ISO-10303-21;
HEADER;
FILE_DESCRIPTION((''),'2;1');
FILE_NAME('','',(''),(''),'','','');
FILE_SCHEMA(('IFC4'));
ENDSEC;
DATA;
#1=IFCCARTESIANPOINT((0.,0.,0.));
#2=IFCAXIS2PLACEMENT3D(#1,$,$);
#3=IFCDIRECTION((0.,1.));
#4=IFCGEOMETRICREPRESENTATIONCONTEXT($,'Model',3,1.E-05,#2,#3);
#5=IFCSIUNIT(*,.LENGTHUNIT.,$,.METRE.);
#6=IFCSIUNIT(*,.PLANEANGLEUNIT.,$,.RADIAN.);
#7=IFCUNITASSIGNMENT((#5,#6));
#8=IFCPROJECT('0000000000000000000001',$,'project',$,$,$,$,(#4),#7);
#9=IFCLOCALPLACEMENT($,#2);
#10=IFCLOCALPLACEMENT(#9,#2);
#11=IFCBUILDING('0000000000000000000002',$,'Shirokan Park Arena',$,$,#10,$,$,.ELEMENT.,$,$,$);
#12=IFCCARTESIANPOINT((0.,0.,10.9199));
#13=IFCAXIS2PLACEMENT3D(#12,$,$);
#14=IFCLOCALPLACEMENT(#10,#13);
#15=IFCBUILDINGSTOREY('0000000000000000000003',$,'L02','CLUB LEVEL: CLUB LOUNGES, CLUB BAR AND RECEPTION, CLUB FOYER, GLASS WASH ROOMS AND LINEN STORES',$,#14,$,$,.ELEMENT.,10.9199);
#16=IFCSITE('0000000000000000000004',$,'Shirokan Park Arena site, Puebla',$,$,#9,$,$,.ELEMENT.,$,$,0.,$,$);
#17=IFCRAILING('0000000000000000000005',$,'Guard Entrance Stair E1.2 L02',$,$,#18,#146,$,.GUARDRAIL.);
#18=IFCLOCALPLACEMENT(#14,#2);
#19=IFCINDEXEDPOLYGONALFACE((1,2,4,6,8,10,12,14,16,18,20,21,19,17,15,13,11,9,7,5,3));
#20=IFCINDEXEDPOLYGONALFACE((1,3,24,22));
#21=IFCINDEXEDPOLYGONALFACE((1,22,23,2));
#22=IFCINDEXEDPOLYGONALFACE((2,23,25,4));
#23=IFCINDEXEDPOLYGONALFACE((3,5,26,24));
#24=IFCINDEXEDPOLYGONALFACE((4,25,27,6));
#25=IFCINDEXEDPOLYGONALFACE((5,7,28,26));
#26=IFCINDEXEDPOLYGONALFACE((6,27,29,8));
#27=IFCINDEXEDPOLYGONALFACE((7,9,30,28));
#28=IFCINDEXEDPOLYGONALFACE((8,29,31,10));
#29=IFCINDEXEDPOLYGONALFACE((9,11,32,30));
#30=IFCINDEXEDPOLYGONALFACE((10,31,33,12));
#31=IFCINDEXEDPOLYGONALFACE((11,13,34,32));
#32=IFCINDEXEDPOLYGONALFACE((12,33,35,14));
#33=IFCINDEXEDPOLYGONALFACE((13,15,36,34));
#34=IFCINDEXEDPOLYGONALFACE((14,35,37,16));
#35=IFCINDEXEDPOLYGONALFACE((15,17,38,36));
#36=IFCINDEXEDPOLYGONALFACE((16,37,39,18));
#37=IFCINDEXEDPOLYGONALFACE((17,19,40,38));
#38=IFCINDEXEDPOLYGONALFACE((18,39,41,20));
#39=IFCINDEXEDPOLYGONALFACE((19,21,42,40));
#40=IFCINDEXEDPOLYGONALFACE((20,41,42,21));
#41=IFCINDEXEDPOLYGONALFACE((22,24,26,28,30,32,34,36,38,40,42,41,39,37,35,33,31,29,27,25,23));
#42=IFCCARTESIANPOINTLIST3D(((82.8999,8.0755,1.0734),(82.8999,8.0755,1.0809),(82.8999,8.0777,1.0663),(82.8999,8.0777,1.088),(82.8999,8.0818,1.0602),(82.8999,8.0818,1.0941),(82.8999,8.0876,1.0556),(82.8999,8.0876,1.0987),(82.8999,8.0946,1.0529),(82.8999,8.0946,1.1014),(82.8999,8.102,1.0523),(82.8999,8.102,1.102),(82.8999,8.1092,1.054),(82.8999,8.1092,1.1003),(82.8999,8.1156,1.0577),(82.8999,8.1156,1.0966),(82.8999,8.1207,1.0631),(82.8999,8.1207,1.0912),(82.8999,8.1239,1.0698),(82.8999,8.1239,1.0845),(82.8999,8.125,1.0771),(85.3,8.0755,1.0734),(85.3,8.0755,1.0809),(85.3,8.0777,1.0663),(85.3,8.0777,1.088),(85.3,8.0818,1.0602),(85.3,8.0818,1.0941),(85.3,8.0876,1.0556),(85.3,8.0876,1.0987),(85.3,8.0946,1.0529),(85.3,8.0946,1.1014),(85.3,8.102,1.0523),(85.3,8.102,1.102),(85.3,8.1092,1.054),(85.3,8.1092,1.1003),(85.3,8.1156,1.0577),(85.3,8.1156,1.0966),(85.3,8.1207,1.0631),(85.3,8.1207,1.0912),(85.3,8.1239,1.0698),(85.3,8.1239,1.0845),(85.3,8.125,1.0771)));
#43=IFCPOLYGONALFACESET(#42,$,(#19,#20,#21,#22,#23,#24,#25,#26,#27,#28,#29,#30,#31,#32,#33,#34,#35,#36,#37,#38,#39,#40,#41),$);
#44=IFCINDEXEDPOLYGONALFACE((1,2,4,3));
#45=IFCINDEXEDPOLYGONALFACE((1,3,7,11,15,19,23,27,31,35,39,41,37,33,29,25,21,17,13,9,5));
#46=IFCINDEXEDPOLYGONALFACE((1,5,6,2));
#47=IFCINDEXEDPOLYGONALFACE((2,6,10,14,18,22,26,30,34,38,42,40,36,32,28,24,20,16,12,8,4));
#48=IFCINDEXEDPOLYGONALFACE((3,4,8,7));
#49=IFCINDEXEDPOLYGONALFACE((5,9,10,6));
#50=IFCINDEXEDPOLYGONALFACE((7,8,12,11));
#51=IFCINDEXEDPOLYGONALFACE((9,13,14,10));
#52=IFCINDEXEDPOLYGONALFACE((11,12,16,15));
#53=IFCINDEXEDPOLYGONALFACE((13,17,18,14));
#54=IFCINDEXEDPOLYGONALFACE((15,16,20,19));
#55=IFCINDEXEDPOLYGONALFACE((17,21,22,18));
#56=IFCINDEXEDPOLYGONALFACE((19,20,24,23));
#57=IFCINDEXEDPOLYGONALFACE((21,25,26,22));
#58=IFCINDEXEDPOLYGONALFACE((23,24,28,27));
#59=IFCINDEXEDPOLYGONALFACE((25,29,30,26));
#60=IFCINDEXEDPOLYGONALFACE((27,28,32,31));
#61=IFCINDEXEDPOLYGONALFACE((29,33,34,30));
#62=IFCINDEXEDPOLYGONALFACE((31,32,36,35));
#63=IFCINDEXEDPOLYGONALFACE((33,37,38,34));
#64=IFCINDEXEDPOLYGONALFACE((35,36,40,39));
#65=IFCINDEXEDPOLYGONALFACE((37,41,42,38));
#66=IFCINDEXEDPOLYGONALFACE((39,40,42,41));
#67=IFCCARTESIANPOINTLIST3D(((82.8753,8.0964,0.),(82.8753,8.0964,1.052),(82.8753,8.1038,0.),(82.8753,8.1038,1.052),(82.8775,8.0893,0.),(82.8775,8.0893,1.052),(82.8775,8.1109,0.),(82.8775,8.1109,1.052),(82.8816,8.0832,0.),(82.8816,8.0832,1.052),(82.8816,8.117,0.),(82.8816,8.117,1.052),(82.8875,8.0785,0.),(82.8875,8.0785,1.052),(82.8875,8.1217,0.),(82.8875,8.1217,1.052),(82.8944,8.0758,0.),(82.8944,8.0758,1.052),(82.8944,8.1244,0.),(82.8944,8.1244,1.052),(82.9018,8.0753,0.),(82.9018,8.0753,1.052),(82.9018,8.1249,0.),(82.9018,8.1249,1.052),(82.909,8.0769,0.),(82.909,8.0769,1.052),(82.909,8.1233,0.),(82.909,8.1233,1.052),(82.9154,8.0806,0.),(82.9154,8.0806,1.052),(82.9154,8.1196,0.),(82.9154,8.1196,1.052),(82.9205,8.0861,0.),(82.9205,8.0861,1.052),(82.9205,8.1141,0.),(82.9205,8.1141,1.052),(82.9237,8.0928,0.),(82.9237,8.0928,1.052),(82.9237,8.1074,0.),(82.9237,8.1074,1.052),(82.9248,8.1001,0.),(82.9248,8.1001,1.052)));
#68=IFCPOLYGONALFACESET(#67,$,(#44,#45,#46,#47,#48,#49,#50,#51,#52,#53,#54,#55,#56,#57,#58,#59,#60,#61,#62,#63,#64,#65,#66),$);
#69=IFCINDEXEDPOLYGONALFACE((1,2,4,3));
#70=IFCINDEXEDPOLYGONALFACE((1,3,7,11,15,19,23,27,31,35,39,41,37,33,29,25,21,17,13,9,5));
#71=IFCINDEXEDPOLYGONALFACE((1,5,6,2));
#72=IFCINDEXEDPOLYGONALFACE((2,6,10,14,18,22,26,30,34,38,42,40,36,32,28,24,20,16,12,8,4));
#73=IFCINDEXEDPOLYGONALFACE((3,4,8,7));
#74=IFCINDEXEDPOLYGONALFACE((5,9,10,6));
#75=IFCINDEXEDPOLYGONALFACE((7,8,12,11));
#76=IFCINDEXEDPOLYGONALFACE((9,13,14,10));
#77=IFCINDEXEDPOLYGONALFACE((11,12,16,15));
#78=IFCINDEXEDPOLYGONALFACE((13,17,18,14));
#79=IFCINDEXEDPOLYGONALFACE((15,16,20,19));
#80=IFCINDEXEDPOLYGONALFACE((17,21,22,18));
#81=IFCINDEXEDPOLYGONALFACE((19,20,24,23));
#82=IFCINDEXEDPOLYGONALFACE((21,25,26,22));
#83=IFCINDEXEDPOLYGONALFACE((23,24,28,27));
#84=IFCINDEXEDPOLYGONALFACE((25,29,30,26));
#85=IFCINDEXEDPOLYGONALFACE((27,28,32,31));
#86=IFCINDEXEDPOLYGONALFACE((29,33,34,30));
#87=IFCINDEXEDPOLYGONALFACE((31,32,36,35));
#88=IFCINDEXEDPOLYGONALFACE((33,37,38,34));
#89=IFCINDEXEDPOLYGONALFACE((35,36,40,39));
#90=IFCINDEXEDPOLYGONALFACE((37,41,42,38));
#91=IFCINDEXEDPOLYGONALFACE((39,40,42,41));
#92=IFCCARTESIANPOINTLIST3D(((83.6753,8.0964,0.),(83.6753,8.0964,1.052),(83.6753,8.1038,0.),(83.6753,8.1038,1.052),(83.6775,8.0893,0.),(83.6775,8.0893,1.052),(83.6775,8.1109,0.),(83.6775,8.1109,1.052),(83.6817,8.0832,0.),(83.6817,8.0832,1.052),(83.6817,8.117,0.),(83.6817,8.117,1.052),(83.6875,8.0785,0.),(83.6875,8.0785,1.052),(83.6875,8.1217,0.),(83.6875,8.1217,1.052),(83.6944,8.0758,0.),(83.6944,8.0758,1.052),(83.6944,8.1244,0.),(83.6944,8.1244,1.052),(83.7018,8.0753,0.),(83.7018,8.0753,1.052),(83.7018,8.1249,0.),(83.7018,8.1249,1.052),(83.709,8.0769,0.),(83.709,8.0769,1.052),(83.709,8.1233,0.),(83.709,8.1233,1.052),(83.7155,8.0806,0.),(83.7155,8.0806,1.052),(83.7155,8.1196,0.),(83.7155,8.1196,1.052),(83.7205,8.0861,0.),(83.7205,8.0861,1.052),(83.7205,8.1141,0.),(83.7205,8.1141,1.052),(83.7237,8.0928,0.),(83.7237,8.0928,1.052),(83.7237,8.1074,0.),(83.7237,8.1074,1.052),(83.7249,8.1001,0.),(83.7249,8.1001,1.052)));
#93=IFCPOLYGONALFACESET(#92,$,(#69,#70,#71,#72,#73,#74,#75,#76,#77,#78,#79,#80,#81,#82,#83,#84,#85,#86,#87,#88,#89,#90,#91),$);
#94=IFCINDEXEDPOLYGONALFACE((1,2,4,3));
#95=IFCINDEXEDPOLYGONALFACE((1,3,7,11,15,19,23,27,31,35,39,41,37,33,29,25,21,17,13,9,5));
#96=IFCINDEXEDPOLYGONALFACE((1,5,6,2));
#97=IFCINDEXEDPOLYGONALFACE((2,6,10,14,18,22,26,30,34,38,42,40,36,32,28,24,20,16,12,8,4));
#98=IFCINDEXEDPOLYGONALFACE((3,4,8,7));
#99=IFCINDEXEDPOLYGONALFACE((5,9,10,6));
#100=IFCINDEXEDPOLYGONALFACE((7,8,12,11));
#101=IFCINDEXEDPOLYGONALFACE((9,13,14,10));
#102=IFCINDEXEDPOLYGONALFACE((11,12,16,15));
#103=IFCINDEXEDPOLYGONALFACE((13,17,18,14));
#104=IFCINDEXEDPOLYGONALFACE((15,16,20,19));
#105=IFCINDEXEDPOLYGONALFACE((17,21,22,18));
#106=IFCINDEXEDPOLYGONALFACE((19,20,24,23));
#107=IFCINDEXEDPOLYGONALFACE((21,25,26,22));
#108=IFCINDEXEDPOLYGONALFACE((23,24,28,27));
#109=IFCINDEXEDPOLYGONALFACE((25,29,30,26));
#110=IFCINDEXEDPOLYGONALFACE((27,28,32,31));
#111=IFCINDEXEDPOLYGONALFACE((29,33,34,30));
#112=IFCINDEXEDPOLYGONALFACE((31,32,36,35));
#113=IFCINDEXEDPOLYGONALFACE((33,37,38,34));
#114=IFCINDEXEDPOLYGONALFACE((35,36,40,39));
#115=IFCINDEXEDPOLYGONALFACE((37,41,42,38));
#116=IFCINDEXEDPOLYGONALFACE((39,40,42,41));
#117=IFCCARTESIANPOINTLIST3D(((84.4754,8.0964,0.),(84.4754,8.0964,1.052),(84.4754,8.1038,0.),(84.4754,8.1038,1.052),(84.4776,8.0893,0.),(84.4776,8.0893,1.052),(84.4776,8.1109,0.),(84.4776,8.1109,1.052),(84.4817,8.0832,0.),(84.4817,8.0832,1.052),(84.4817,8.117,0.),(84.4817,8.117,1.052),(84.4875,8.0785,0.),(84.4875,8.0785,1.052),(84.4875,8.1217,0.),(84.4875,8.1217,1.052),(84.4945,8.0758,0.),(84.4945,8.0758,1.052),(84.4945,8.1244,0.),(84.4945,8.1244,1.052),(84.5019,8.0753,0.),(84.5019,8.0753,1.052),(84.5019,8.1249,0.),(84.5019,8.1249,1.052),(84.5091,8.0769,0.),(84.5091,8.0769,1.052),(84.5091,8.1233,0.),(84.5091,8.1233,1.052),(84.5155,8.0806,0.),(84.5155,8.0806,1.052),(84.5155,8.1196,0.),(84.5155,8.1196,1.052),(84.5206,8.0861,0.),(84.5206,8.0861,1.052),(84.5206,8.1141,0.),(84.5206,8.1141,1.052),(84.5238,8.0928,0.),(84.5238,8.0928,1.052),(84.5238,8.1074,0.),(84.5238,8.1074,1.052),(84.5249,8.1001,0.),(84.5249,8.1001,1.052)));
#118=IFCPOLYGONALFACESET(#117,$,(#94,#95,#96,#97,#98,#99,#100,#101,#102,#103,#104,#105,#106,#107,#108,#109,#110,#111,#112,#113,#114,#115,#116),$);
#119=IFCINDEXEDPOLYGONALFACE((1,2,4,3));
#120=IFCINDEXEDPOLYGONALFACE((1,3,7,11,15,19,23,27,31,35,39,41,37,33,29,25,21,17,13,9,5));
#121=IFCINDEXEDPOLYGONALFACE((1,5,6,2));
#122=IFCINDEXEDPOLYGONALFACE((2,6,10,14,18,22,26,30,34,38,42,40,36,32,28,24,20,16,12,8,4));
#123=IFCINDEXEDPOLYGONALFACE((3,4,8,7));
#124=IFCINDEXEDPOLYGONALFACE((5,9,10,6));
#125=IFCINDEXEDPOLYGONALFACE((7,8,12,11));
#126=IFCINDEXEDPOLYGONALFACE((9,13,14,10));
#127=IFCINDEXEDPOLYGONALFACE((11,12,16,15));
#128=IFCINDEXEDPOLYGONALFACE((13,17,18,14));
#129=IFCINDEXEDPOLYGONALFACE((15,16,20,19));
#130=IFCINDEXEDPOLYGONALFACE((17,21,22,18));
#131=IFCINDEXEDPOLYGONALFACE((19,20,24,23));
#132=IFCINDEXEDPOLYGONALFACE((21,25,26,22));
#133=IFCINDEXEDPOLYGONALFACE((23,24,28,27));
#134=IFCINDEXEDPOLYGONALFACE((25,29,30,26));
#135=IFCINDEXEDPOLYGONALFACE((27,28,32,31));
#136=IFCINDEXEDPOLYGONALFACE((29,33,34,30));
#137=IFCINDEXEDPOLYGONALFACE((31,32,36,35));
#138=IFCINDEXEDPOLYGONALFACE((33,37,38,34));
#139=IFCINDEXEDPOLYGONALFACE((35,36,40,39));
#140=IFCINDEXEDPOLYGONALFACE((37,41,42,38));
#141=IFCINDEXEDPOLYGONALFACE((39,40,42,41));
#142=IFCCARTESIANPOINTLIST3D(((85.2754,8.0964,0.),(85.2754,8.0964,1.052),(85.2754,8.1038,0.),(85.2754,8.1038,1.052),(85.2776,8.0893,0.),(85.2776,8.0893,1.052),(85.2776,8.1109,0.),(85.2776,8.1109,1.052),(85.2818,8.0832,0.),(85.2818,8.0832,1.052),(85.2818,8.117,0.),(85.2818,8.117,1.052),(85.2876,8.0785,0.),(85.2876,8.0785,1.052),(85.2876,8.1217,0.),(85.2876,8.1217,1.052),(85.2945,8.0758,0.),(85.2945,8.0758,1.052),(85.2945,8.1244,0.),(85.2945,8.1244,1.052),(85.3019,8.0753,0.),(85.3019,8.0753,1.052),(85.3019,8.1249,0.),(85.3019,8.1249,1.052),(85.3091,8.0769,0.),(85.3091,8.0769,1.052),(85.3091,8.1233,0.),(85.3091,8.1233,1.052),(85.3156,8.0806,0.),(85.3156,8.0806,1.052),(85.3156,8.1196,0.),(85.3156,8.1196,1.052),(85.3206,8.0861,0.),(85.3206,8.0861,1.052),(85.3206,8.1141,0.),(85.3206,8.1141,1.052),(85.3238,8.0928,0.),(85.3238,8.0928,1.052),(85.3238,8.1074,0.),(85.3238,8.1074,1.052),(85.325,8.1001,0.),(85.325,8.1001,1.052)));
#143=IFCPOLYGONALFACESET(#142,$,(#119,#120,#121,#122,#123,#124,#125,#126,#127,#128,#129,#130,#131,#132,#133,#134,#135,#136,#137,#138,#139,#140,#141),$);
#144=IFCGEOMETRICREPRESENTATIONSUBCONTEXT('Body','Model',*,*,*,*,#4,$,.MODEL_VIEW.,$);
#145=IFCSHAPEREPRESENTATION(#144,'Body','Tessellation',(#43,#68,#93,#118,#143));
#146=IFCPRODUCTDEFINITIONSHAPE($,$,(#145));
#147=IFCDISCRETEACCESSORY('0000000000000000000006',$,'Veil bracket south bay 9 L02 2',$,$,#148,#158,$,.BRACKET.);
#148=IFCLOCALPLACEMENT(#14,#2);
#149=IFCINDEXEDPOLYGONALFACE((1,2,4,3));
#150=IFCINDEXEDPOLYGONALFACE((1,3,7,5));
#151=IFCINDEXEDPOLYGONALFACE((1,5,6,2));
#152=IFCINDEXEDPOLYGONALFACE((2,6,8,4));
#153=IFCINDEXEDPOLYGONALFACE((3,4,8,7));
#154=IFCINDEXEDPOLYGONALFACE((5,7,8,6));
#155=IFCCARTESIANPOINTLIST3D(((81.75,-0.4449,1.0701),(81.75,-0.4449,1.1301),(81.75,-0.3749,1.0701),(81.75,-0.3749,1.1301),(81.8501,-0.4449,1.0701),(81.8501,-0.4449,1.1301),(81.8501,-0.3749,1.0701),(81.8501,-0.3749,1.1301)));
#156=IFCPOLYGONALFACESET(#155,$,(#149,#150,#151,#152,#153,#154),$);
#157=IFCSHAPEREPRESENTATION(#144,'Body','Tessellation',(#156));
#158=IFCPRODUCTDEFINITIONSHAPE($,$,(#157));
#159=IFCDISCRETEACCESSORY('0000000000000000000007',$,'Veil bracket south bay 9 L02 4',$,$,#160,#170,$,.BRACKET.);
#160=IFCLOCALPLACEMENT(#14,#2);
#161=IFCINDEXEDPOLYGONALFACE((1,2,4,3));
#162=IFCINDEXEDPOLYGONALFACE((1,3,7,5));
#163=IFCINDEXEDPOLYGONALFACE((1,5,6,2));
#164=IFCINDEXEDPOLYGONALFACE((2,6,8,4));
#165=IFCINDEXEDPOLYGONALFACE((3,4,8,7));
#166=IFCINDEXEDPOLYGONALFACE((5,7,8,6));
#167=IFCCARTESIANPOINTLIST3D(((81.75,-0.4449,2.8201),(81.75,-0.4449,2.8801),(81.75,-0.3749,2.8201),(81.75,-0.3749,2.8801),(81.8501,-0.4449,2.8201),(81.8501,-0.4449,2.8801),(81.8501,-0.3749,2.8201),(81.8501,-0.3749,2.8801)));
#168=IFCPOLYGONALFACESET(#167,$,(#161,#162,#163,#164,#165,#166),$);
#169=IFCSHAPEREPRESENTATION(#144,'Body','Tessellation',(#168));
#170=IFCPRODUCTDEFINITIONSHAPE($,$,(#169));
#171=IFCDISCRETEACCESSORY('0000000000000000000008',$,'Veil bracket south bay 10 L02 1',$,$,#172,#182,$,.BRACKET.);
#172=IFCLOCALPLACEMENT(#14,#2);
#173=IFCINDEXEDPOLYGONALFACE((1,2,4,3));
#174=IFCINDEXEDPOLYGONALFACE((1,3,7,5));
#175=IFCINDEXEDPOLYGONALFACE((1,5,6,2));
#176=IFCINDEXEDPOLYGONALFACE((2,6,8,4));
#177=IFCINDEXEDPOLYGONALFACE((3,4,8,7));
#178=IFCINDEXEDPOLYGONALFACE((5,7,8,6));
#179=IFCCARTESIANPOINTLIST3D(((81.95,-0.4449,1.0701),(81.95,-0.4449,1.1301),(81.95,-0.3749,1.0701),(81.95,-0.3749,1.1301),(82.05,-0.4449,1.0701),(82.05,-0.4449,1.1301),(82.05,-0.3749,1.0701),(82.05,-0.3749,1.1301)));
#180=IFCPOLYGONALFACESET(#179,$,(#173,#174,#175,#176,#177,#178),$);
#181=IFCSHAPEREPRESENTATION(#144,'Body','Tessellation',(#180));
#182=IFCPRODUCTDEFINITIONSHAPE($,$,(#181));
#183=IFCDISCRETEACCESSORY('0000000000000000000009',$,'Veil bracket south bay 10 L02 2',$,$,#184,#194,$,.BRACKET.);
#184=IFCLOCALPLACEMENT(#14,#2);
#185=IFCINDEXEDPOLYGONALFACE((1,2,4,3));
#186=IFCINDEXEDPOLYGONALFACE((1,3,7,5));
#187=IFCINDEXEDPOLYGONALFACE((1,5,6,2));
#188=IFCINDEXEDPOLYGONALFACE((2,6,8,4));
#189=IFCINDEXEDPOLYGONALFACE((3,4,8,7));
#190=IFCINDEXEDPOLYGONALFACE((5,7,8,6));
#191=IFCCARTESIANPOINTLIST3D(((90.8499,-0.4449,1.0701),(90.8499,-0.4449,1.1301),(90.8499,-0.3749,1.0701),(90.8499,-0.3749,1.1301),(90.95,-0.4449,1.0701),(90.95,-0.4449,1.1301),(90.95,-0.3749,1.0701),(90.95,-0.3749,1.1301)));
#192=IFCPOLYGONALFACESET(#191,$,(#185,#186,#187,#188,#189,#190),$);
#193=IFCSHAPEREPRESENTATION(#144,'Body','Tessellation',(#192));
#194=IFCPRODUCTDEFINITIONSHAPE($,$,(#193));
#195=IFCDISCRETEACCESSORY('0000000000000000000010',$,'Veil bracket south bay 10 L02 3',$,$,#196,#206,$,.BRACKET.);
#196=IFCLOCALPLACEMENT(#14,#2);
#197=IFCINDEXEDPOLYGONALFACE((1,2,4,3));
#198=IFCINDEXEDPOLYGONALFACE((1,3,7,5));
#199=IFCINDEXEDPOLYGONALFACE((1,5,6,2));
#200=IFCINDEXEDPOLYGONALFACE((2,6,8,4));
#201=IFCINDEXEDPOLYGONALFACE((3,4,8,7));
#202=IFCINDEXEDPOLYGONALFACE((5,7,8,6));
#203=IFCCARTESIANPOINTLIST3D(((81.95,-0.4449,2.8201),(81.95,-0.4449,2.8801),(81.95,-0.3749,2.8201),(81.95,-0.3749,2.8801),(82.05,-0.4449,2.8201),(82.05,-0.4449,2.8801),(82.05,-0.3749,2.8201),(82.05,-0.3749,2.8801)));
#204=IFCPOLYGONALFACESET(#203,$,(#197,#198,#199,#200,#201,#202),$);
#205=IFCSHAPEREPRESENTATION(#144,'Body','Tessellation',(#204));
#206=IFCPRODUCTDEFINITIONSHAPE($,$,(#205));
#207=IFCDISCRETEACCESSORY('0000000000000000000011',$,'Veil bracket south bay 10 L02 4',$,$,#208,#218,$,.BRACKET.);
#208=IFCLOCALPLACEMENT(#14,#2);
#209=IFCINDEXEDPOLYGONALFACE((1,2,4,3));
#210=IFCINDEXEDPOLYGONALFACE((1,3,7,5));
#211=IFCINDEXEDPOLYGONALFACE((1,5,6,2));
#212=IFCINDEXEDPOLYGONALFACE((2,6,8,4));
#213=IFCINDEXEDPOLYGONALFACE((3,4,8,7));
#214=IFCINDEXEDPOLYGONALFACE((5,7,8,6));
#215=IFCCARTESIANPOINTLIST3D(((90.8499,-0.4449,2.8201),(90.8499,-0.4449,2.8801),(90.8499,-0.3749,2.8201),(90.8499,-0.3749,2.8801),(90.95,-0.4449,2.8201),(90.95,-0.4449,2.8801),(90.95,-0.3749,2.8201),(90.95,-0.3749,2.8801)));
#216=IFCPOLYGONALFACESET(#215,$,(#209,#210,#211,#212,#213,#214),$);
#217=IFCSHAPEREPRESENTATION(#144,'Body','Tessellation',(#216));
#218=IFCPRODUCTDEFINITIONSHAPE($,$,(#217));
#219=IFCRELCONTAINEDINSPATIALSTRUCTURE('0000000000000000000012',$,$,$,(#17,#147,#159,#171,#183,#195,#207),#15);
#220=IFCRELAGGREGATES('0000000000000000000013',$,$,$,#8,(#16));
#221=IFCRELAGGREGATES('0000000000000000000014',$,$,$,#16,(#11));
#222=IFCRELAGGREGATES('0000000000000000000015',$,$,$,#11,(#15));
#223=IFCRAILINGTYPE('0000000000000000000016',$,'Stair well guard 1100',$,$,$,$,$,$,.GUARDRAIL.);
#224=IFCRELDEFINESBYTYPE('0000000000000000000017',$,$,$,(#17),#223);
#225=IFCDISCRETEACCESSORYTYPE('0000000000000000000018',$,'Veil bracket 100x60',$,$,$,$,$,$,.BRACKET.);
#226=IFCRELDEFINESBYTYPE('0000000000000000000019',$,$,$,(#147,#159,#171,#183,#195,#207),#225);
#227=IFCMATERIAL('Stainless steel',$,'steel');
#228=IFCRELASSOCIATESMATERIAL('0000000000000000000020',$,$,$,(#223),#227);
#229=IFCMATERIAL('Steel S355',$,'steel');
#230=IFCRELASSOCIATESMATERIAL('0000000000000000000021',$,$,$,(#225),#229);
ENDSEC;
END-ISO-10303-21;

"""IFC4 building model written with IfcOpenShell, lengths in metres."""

from ifc_helpers import new_model, si_unit, direction, frame, origin, origin_2d, place, context, subcontext, project, spatial, rectangle, circle, extrude, material, type_object, element, save


model = new_model("IFC4")

# Units and contexts
model_context = context("Model", 3, precision=1e-05, world=origin(), true_north=direction((0.0, 1.0)))
body_context = subcontext(model_context, "Body", "Model", "MODEL_VIEW")
ifc_project = project(units=[si_unit("LENGTHUNIT", "METRE"), si_unit("PLANEANGLEUNIT", "RADIAN")], contexts=[model_context])

# Site, building, storey
site_placement = place(None, origin())
site = spatial("IfcSite", under=ifc_project, at=site_placement, Name="Shirokan Park Arena site, Puebla", CompositionType="ELEMENT", RefElevation=0.0)
building_placement = place(site_placement, origin())
building = spatial("IfcBuilding", under=site, at=building_placement, Name="Shirokan Park Arena", CompositionType="ELEMENT")
storey_placement = place(building_placement, frame((0.0, 0.0, 10.9199)))
storey = spatial("IfcBuildingStorey", under=building, at=storey_placement, Name="L02", Description="CLUB LEVEL: CLUB LOUNGES, CLUB BAR AND RECEPTION, CLUB FOYER, GLASS WASH ROOMS AND LINEN STORES", CompositionType="ELEMENT", Elevation=10.9199)

# Shared definitions
ifc_material_1 = material(Name="Steel S355", Category="steel")

# Railing
ifc_material_2 = material(Name="Stainless steel", Category="steel")
railing_type = type_object("IfcRailingType", Name="Stair well guard 1100", PredefinedType="GUARDRAIL", material=ifc_material_2)
railing_placement = place(storey_placement, frame((82.8999, 8.1001, 0.0)))
element("IfcRailing", 1, at=railing_placement, inside=storey, type_object=railing_type, Name="Guard Entrance Stair E1.2 L02", PredefinedType="GUARDRAIL", context=body_context, shape_type="SweptSolid", body=[
    extrude(circle(Radius=0.0249, at=origin_2d()), frame((0.0, 0.0, 1.0771), z_axis=(1.0, 0.0, 0.0), x_axis=(0.0, 1.0, 0.0)), (0.0, 0.0, 1.0), 2.4001),
    extrude(circle(Radius=0.0249, at=origin_2d()), origin(), (0.0, 0.0, 1.0), 1.052),
    extrude(circle(Radius=0.0249, at=origin_2d()), frame((0.8, 0.0, 0.0)), (0.0, 0.0, 1.0), 1.052),
    extrude(circle(Radius=0.0249, at=origin_2d()), frame((1.6001, 0.0, 0.0)), (0.0, 0.0, 1.0), 1.052),
    extrude(circle(Radius=0.0249, at=origin_2d()), frame((2.4001, 0.0, 0.0)), (0.0, 0.0, 1.0), 1.052),
])

# Discrete accessories
discrete_accessory_type = type_object("IfcDiscreteAccessoryType", Name="Veil bracket 100x60", PredefinedType="BRACKET", material=ifc_material_1)
for number, where, z_axis, x_axis, name in (
    (2, (81.8, -0.4099, 1.0701), (0.0, 0.0, 1.0), (1.0, 0.0, 0.0), "Veil bracket south bay 9 L02 2"),
    (3, (81.8, -0.4099, 2.8201), (0.0, 0.0, 1.0), (1.0, 0.0, 0.0), "Veil bracket south bay 9 L02 4"),
    (4, (82.0, -0.4099, 1.0701), (0.0, 0.0, 1.0), (1.0, 0.0, 0.0), "Veil bracket south bay 10 L02 1"),
    (5, (90.8999, -0.4099, 1.0701), (0.0, 0.0, 1.0), (1.0, 0.0, 0.0), "Veil bracket south bay 10 L02 2"),
    (6, (82.0, -0.4099, 2.8201), (0.0, 0.0, 1.0), (1.0, 0.0, 0.0), "Veil bracket south bay 10 L02 3"),
    (7, (90.8999, -0.4099, 2.8201), (0.0, 0.0, 1.0), (1.0, 0.0, 0.0), "Veil bracket south bay 10 L02 4"),
):
    element("IfcDiscreteAccessory", number, at=place(storey_placement, frame(where, z_axis=z_axis, x_axis=x_axis)), inside=storey, type_object=discrete_accessory_type, Name=name, PredefinedType="BRACKET", context=body_context, shape_type="SweptSolid", body=[
        extrude(rectangle(XDim=0.1001, YDim=0.0701, at=origin_2d()), origin(), (0.0, 0.0, 1.0), 0.0601),
    ])

save(model, "model.ifc")
